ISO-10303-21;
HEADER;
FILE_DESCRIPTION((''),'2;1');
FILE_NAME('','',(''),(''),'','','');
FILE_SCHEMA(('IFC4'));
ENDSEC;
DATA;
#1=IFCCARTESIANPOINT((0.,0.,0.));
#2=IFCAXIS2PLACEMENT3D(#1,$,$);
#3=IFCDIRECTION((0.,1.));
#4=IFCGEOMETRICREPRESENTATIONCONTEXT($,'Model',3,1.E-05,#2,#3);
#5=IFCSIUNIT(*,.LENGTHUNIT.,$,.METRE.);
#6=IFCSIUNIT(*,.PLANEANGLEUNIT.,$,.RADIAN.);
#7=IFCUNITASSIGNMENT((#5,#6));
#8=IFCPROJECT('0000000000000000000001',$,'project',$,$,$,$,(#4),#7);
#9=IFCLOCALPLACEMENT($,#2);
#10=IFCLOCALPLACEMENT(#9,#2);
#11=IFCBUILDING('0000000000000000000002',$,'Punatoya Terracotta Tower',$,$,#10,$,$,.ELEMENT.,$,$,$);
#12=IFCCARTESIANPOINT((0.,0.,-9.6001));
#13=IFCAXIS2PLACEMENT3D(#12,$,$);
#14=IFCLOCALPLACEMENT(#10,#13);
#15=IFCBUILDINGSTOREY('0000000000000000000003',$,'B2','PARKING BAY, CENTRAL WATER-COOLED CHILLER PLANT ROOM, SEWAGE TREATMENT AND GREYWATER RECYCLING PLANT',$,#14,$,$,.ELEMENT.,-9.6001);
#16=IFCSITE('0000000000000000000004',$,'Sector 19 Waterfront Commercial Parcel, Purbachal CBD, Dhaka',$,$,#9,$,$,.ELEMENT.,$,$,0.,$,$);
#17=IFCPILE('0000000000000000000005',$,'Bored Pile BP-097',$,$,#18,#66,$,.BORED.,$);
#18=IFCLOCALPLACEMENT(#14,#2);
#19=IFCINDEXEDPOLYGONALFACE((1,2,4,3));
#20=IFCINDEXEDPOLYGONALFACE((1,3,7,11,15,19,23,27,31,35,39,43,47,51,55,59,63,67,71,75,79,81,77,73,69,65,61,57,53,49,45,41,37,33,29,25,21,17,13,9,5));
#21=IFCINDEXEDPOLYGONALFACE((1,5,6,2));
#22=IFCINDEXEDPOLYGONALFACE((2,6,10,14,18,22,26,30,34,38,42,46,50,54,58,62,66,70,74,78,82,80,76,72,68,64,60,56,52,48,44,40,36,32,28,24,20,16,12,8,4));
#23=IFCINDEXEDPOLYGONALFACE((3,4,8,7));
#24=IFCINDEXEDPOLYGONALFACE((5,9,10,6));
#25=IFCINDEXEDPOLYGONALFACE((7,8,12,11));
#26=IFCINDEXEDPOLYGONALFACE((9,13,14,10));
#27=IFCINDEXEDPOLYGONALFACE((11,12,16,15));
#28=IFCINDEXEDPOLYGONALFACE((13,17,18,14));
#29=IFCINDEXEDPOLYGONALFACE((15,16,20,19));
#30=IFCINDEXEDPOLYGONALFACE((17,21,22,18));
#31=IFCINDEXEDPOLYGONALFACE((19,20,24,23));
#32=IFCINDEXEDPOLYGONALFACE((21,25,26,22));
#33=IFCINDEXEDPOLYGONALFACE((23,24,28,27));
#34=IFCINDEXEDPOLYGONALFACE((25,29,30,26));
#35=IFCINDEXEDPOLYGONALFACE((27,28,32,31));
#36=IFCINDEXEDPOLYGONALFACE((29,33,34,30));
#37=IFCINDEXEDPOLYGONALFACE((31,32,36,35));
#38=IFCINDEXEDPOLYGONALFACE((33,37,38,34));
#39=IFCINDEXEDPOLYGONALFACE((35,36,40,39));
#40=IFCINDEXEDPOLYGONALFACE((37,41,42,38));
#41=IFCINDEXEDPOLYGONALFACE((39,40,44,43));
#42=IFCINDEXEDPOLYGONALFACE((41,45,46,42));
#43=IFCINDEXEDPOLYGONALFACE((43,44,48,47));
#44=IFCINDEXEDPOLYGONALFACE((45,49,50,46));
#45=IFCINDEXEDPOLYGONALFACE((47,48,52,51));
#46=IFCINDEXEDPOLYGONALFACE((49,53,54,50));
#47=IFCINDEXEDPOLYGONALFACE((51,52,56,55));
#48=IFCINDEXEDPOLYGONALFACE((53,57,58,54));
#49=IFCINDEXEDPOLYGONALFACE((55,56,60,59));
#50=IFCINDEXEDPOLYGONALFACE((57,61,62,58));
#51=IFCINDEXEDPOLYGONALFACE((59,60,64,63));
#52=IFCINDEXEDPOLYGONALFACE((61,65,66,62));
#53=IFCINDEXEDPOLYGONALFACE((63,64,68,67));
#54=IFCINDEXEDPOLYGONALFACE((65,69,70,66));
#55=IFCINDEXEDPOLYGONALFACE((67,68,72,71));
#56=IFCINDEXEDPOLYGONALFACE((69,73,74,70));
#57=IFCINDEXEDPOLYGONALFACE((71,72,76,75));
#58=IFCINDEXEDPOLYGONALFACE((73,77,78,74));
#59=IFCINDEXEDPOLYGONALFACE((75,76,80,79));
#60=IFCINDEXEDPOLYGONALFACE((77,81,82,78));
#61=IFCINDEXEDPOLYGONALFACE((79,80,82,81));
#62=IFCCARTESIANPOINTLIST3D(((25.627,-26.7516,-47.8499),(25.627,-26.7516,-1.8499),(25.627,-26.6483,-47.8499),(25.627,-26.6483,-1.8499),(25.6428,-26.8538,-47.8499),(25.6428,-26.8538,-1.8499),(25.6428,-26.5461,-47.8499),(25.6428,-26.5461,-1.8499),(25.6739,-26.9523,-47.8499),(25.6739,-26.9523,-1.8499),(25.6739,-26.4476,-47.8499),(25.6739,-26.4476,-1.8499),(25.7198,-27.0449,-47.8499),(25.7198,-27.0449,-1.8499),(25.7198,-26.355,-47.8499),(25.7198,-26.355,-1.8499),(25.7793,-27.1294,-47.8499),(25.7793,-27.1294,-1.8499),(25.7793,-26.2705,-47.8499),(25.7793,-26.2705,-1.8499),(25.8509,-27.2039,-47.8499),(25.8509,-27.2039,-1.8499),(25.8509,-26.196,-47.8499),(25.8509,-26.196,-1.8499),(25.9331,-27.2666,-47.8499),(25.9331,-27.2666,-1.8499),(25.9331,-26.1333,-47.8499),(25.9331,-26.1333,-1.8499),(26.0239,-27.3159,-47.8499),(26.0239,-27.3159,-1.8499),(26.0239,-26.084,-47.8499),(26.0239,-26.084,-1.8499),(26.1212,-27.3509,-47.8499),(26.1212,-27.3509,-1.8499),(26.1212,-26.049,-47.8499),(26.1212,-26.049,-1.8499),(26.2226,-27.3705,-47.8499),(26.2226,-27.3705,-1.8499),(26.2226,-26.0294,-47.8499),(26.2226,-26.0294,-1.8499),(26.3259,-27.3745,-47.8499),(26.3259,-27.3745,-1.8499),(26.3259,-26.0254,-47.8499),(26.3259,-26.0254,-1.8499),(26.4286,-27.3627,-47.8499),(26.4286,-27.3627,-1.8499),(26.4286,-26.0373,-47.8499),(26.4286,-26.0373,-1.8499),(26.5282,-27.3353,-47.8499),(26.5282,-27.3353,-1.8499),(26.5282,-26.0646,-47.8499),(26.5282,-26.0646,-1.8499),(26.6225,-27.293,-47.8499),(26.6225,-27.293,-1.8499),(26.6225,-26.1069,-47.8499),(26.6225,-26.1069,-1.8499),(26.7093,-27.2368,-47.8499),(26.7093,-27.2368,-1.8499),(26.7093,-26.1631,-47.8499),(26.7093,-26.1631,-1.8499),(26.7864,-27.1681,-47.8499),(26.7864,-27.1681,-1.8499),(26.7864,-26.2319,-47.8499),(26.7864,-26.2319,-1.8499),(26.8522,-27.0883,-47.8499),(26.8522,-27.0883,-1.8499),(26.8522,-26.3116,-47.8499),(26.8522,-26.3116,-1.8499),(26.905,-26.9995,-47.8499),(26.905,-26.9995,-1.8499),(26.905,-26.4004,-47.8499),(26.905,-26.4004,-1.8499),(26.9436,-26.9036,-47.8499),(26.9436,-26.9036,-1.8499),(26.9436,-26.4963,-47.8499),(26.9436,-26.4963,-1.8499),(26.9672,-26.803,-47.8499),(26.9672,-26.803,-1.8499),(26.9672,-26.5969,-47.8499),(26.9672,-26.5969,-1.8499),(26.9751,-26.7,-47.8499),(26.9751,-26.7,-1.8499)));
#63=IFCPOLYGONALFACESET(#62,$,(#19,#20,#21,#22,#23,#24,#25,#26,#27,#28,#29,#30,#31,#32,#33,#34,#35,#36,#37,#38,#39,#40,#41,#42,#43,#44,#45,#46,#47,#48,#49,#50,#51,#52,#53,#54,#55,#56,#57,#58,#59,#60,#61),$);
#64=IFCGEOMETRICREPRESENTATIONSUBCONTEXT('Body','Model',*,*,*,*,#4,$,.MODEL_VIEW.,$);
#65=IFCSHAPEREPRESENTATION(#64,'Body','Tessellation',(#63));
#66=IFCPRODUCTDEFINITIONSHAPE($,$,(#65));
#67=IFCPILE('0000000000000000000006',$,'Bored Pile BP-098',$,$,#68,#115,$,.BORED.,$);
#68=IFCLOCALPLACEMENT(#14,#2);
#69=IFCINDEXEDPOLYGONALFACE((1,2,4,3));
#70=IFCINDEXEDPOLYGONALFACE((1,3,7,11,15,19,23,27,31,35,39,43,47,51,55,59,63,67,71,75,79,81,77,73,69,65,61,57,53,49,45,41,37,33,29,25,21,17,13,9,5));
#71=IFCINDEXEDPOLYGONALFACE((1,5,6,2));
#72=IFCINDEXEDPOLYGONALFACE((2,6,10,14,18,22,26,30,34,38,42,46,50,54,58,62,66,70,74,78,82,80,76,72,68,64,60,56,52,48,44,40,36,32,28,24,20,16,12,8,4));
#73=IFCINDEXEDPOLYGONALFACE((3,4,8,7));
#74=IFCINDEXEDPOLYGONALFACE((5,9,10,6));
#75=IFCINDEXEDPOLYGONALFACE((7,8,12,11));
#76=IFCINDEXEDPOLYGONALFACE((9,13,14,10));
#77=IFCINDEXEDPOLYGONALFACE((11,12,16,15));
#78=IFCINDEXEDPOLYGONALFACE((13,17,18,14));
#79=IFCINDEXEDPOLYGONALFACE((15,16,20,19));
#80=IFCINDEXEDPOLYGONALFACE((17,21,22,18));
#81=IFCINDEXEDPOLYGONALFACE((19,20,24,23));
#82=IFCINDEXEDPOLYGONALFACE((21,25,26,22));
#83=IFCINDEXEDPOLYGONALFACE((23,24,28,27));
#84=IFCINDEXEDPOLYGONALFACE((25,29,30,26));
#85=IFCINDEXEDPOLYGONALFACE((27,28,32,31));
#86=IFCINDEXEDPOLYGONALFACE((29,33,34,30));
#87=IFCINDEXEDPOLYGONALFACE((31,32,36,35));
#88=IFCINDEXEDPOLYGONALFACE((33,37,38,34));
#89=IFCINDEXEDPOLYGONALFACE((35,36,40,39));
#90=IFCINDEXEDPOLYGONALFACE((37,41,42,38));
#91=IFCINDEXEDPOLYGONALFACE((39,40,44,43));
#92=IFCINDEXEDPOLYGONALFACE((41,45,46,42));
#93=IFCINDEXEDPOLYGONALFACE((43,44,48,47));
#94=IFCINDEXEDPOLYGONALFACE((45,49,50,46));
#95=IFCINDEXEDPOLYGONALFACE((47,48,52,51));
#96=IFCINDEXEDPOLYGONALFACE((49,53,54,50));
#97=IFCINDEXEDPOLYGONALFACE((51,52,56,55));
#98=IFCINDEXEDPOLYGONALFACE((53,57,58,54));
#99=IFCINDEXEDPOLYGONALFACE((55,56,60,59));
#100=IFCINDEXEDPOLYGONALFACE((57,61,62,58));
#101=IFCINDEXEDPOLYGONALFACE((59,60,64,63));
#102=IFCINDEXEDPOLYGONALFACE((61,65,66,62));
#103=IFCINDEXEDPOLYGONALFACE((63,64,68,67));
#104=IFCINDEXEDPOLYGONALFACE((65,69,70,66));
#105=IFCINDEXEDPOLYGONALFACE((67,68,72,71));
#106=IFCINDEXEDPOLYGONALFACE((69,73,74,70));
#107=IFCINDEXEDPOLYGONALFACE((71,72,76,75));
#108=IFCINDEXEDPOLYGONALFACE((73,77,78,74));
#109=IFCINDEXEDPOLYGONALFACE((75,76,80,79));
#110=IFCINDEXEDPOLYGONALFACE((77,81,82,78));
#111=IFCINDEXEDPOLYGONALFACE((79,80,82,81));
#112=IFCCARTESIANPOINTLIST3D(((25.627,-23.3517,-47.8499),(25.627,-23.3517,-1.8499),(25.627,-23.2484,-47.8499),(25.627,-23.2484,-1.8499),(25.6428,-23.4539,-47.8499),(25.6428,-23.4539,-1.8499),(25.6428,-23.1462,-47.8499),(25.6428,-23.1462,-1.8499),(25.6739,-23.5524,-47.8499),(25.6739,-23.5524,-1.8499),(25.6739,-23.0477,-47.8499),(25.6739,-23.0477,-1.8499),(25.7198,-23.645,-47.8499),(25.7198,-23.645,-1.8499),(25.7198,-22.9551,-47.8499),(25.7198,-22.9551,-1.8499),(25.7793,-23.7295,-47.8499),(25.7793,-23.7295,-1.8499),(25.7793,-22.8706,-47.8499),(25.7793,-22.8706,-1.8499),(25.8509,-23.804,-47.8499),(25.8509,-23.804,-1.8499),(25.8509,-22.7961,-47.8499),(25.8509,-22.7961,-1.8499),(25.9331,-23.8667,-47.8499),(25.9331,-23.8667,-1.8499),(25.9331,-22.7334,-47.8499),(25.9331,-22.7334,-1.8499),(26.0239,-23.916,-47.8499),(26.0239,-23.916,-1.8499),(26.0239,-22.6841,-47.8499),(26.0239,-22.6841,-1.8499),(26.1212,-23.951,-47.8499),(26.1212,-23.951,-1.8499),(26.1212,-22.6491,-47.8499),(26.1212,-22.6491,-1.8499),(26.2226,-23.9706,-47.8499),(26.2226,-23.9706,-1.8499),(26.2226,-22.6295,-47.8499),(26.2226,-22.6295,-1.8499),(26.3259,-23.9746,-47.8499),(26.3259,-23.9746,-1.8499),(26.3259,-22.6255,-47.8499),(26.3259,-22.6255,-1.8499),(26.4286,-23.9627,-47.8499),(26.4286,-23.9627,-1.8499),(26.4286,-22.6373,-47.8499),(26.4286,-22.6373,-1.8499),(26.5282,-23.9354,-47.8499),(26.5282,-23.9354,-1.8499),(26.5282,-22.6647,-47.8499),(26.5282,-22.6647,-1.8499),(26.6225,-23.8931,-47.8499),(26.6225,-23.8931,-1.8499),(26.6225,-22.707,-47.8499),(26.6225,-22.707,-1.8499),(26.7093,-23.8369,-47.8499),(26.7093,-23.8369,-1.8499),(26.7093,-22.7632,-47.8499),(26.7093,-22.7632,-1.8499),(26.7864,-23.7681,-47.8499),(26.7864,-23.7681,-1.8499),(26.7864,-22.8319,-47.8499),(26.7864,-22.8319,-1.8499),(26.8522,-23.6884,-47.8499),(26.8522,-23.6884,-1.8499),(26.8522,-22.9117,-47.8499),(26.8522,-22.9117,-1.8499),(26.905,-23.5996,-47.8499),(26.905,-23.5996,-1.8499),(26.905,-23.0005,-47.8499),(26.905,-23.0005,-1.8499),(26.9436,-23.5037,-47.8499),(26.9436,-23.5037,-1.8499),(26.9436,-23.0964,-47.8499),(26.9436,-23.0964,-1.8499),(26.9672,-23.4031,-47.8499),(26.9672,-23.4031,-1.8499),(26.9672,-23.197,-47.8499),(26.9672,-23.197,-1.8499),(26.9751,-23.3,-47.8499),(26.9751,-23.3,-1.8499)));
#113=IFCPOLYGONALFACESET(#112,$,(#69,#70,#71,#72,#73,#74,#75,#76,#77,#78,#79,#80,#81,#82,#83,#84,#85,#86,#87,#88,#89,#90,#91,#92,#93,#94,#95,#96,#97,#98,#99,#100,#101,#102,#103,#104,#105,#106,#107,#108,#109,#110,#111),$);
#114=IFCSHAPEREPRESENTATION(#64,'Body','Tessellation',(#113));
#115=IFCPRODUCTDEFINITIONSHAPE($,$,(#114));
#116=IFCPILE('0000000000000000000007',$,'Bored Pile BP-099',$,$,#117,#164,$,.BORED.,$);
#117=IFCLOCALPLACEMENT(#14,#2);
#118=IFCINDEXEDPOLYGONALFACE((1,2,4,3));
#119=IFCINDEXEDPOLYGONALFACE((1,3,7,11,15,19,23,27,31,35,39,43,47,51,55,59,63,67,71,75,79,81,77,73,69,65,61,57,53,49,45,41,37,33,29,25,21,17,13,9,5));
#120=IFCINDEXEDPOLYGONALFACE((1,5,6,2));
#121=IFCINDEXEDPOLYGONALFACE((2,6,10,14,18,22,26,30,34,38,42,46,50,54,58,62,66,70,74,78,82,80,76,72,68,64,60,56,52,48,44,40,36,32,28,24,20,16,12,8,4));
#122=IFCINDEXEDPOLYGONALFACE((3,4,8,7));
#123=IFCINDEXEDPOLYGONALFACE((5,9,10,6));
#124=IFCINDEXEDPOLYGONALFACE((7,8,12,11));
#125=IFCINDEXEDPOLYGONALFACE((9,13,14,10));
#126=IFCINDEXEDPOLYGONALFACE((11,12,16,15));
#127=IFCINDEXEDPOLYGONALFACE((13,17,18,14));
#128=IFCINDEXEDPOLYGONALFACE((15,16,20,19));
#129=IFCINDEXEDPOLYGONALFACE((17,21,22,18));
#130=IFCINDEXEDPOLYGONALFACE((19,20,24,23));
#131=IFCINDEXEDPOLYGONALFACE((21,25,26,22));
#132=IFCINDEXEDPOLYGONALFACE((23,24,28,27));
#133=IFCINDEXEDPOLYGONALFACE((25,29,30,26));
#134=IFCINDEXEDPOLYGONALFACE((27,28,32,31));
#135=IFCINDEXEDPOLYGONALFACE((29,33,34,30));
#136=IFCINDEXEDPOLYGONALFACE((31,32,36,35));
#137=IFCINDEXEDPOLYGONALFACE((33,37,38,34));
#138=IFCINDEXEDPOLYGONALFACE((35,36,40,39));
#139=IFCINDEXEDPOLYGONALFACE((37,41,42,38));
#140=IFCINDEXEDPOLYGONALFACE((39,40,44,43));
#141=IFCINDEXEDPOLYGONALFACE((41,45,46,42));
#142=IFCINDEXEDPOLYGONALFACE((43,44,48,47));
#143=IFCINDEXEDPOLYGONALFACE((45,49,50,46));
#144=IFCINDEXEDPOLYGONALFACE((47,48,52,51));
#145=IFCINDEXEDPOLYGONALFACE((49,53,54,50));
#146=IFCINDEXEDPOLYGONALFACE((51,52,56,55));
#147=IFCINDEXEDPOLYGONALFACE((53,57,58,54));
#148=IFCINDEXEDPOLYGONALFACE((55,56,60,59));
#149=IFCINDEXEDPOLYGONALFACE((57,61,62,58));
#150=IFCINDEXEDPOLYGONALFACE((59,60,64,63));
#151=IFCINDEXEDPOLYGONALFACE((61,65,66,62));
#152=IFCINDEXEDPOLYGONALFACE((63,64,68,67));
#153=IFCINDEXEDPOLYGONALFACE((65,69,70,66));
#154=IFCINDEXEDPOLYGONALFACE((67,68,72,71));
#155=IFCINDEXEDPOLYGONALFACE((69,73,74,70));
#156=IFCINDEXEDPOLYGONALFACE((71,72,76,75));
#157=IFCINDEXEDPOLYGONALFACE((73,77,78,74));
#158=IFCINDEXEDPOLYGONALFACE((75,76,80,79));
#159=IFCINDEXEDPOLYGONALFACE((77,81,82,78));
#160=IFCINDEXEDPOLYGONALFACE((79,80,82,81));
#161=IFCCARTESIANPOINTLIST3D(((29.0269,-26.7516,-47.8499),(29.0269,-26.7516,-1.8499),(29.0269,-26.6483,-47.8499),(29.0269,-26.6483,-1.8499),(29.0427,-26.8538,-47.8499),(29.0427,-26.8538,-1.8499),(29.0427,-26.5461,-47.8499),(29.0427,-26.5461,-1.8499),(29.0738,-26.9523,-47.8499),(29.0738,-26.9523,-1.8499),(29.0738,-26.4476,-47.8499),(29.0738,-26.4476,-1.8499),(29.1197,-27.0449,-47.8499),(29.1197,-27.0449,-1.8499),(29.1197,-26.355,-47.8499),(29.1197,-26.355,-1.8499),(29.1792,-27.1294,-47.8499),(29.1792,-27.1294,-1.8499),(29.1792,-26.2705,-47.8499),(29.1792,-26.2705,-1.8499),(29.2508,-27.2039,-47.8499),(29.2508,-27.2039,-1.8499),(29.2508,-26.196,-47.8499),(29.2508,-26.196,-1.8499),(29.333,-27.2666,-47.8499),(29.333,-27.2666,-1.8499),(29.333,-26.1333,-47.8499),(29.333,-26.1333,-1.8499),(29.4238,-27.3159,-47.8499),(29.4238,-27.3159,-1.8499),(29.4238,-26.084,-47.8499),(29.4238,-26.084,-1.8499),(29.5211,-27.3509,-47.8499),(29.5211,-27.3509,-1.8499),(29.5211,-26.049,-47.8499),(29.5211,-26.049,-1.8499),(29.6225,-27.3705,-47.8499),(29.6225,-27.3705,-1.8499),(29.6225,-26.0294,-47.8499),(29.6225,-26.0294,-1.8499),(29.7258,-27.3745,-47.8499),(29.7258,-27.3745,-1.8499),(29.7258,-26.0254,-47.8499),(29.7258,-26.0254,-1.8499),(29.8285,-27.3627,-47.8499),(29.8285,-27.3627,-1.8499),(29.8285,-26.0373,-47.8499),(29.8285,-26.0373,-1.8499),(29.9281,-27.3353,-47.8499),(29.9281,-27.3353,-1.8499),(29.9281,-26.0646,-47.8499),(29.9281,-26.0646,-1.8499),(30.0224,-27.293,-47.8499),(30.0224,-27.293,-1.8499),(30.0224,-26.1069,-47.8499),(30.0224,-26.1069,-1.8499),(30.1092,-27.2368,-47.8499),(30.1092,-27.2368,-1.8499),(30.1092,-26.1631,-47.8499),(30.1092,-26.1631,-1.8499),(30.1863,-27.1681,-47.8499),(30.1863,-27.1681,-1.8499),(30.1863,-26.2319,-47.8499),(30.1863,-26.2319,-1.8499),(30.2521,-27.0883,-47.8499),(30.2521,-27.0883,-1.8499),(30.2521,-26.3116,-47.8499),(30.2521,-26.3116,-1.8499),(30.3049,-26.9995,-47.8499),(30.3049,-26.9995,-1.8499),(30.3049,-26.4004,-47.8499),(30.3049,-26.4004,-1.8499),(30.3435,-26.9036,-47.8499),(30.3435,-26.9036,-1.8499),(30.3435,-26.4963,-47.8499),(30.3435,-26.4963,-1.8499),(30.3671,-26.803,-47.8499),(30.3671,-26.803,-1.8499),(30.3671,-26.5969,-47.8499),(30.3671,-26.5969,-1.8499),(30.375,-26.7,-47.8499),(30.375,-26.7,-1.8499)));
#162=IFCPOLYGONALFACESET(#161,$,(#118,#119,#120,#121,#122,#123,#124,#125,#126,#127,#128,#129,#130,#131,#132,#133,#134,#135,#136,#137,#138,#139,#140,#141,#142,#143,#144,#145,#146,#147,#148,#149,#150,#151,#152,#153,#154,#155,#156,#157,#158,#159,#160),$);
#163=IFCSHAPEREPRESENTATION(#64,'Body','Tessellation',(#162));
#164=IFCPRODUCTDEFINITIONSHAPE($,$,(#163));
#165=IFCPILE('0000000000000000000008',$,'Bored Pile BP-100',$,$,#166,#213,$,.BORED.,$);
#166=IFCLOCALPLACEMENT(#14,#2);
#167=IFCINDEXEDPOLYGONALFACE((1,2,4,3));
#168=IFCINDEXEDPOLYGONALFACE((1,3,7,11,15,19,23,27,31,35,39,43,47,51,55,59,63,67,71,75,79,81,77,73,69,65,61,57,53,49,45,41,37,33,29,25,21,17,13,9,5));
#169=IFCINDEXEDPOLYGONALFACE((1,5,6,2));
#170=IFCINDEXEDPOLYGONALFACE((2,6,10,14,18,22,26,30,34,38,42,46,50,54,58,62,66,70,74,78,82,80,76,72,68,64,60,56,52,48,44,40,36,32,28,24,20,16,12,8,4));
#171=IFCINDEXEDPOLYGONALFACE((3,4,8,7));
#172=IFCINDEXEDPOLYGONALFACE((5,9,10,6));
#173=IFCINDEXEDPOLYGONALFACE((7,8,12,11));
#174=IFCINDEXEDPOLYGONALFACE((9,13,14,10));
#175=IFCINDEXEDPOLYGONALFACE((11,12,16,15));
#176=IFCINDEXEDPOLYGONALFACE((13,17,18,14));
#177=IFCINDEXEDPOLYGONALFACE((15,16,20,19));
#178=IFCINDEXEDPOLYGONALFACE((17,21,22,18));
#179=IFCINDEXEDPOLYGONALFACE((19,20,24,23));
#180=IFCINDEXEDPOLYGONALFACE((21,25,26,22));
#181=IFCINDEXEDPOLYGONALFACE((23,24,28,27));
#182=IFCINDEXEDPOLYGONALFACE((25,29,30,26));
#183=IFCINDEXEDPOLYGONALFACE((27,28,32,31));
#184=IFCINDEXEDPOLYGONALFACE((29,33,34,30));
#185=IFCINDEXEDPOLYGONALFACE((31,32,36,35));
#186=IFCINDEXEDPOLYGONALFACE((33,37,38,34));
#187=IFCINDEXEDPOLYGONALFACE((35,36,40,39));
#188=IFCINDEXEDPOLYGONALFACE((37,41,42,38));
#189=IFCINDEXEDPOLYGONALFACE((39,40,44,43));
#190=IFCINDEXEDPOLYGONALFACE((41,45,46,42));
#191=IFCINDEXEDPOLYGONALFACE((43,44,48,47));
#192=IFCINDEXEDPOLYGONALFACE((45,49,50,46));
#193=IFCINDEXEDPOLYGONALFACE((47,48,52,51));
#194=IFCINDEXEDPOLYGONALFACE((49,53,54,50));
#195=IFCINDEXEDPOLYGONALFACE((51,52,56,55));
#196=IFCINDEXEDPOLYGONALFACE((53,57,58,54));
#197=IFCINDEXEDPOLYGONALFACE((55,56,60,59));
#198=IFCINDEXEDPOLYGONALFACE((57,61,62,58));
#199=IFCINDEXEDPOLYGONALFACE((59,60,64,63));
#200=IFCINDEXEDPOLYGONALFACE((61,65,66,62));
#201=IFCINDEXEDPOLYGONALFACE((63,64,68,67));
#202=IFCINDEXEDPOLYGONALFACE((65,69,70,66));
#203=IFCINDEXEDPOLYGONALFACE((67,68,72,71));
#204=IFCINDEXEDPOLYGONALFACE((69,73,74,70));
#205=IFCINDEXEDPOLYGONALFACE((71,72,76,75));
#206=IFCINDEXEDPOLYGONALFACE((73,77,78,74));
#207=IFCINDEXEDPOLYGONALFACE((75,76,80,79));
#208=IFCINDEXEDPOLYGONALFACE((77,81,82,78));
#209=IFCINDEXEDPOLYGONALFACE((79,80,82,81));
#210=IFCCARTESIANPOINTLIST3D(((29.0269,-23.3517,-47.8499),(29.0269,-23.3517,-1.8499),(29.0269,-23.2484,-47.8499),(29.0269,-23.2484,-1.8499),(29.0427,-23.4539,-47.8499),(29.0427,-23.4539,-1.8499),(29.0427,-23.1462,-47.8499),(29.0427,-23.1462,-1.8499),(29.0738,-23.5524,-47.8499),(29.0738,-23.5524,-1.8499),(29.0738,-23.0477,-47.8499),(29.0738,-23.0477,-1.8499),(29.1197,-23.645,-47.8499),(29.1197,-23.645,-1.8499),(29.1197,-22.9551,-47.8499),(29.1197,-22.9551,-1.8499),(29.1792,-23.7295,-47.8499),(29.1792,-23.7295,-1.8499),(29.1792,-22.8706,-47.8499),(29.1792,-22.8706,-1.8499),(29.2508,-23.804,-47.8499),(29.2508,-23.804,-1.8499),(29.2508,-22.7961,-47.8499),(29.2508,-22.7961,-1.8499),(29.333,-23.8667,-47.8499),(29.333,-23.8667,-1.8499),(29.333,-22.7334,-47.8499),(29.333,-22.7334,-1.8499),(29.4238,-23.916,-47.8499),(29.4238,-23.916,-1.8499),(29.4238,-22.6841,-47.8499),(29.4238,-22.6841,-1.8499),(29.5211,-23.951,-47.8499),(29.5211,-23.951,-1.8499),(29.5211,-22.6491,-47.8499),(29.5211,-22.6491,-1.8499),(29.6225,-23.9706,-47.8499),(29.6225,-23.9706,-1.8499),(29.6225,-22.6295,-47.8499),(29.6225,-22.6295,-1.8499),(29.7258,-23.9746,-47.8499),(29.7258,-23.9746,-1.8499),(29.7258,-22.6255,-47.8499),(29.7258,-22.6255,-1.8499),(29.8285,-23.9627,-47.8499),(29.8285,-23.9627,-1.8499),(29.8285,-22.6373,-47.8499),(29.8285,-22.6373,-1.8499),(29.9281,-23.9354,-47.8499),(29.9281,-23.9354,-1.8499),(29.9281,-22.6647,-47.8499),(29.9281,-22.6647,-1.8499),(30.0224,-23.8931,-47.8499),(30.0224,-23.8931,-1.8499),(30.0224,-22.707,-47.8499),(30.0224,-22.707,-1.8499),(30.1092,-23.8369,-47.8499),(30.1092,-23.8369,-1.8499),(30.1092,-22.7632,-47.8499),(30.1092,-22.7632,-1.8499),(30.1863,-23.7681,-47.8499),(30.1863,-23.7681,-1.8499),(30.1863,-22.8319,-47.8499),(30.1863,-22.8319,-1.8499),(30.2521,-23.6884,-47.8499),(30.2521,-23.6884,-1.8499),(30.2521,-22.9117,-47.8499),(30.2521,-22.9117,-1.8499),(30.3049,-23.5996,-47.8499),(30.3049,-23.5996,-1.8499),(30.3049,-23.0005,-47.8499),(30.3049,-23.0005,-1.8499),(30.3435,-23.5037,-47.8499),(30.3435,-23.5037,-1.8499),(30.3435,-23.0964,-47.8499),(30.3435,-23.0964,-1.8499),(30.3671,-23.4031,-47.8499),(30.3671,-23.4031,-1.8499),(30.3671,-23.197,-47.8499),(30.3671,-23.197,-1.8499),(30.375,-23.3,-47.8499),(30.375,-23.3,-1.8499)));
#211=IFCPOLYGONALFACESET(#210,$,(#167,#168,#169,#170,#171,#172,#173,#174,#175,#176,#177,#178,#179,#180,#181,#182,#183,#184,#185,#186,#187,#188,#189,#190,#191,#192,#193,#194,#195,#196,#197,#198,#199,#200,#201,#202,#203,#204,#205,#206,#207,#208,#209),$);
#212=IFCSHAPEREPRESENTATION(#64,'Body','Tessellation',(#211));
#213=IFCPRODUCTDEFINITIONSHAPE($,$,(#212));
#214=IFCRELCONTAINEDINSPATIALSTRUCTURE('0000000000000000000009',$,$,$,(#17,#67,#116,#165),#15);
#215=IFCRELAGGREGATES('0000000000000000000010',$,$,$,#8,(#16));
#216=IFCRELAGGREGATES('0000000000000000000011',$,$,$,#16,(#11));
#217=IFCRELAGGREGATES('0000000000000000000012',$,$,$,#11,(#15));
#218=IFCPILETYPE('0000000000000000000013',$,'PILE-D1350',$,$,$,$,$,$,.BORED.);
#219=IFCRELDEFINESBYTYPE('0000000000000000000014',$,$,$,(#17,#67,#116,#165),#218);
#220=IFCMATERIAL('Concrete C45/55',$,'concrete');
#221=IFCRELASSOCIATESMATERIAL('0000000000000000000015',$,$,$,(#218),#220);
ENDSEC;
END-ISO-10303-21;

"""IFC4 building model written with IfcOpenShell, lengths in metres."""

from ifc_helpers import new_model, si_unit, direction, frame, origin, origin_2d, place, context, subcontext, project, spatial, circle, extrude, material, material_profile, profile_set, type_object, element, save


model = new_model("IFC4")

# Units and contexts
model_context = context("Model", 3, precision=1e-05, world=origin(), true_north=direction((0.0, 1.0)))
body_context = subcontext(model_context, "Body", "Model", "MODEL_VIEW")
ifc_project = project(units=[si_unit("LENGTHUNIT", "METRE"), si_unit("PLANEANGLEUNIT", "RADIAN")], contexts=[model_context])

# Site, building, storey
site_placement = place(None, origin())
site = spatial("IfcSite", under=ifc_project, at=site_placement, Name="Sector 19 Waterfront Commercial Parcel, Purbachal CBD, Dhaka", CompositionType="ELEMENT", RefElevation=0.0)
building_placement = place(site_placement, origin())
building = spatial("IfcBuilding", under=site, at=building_placement, Name="Punatoya Terracotta Tower", CompositionType="ELEMENT")
storey_placement = place(building_placement, frame((0.0, 0.0, -9.6001)))
storey = spatial("IfcBuildingStorey", under=building, at=storey_placement, Name="B2", Description="PARKING BAY, CENTRAL WATER-COOLED CHILLER PLANT ROOM, SEWAGE TREATMENT AND GREYWATER RECYCLING PLANT", CompositionType="ELEMENT", Elevation=-9.6001)

# Shared definitions
ifc_material_1 = material(Name="Concrete C45/55", Category="concrete")

# Piles
ifc_material_profile_1 = material_profile(ifc_material_1, circle(Radius=0.675, at=origin_2d()))
ifc_profile_set_1 = profile_set([ifc_material_profile_1], Name="Concrete C45/55")
pile_type_1 = type_object("IfcPileType", Name="PILE-D1350", PredefinedType="BORED", material=ifc_profile_set_1)
for number, where, z_axis, x_axis, name in (
    (1, (26.3, -26.7, -1.8499), (0.0, 0.0, -1.0), (1.0, 0.0, 0.0), "Bored Pile BP-097"),
    (2, (26.3, -23.3, -1.8499), (0.0, 0.0, -1.0), (1.0, 0.0, 0.0), "Bored Pile BP-098"),
    (3, (29.7, -26.7, -1.8499), (0.0, 0.0, -1.0), (1.0, 0.0, 0.0), "Bored Pile BP-099"),
    (4, (29.7, -23.3, -1.8499), (0.0, 0.0, -1.0), (1.0, 0.0, 0.0), "Bored Pile BP-100"),
):
    element("IfcPile", number, at=place(storey_placement, frame(where, z_axis=z_axis, x_axis=x_axis)), inside=storey, type_object=pile_type_1, Name=name, PredefinedType="BORED", context=body_context, shape_type="SweptSolid", body=[
        extrude(circle(Radius=0.675, at=origin_2d()), origin(), (0.0, 0.0, 1.0), 46.0),
    ])

save(model, "model.ifc")
